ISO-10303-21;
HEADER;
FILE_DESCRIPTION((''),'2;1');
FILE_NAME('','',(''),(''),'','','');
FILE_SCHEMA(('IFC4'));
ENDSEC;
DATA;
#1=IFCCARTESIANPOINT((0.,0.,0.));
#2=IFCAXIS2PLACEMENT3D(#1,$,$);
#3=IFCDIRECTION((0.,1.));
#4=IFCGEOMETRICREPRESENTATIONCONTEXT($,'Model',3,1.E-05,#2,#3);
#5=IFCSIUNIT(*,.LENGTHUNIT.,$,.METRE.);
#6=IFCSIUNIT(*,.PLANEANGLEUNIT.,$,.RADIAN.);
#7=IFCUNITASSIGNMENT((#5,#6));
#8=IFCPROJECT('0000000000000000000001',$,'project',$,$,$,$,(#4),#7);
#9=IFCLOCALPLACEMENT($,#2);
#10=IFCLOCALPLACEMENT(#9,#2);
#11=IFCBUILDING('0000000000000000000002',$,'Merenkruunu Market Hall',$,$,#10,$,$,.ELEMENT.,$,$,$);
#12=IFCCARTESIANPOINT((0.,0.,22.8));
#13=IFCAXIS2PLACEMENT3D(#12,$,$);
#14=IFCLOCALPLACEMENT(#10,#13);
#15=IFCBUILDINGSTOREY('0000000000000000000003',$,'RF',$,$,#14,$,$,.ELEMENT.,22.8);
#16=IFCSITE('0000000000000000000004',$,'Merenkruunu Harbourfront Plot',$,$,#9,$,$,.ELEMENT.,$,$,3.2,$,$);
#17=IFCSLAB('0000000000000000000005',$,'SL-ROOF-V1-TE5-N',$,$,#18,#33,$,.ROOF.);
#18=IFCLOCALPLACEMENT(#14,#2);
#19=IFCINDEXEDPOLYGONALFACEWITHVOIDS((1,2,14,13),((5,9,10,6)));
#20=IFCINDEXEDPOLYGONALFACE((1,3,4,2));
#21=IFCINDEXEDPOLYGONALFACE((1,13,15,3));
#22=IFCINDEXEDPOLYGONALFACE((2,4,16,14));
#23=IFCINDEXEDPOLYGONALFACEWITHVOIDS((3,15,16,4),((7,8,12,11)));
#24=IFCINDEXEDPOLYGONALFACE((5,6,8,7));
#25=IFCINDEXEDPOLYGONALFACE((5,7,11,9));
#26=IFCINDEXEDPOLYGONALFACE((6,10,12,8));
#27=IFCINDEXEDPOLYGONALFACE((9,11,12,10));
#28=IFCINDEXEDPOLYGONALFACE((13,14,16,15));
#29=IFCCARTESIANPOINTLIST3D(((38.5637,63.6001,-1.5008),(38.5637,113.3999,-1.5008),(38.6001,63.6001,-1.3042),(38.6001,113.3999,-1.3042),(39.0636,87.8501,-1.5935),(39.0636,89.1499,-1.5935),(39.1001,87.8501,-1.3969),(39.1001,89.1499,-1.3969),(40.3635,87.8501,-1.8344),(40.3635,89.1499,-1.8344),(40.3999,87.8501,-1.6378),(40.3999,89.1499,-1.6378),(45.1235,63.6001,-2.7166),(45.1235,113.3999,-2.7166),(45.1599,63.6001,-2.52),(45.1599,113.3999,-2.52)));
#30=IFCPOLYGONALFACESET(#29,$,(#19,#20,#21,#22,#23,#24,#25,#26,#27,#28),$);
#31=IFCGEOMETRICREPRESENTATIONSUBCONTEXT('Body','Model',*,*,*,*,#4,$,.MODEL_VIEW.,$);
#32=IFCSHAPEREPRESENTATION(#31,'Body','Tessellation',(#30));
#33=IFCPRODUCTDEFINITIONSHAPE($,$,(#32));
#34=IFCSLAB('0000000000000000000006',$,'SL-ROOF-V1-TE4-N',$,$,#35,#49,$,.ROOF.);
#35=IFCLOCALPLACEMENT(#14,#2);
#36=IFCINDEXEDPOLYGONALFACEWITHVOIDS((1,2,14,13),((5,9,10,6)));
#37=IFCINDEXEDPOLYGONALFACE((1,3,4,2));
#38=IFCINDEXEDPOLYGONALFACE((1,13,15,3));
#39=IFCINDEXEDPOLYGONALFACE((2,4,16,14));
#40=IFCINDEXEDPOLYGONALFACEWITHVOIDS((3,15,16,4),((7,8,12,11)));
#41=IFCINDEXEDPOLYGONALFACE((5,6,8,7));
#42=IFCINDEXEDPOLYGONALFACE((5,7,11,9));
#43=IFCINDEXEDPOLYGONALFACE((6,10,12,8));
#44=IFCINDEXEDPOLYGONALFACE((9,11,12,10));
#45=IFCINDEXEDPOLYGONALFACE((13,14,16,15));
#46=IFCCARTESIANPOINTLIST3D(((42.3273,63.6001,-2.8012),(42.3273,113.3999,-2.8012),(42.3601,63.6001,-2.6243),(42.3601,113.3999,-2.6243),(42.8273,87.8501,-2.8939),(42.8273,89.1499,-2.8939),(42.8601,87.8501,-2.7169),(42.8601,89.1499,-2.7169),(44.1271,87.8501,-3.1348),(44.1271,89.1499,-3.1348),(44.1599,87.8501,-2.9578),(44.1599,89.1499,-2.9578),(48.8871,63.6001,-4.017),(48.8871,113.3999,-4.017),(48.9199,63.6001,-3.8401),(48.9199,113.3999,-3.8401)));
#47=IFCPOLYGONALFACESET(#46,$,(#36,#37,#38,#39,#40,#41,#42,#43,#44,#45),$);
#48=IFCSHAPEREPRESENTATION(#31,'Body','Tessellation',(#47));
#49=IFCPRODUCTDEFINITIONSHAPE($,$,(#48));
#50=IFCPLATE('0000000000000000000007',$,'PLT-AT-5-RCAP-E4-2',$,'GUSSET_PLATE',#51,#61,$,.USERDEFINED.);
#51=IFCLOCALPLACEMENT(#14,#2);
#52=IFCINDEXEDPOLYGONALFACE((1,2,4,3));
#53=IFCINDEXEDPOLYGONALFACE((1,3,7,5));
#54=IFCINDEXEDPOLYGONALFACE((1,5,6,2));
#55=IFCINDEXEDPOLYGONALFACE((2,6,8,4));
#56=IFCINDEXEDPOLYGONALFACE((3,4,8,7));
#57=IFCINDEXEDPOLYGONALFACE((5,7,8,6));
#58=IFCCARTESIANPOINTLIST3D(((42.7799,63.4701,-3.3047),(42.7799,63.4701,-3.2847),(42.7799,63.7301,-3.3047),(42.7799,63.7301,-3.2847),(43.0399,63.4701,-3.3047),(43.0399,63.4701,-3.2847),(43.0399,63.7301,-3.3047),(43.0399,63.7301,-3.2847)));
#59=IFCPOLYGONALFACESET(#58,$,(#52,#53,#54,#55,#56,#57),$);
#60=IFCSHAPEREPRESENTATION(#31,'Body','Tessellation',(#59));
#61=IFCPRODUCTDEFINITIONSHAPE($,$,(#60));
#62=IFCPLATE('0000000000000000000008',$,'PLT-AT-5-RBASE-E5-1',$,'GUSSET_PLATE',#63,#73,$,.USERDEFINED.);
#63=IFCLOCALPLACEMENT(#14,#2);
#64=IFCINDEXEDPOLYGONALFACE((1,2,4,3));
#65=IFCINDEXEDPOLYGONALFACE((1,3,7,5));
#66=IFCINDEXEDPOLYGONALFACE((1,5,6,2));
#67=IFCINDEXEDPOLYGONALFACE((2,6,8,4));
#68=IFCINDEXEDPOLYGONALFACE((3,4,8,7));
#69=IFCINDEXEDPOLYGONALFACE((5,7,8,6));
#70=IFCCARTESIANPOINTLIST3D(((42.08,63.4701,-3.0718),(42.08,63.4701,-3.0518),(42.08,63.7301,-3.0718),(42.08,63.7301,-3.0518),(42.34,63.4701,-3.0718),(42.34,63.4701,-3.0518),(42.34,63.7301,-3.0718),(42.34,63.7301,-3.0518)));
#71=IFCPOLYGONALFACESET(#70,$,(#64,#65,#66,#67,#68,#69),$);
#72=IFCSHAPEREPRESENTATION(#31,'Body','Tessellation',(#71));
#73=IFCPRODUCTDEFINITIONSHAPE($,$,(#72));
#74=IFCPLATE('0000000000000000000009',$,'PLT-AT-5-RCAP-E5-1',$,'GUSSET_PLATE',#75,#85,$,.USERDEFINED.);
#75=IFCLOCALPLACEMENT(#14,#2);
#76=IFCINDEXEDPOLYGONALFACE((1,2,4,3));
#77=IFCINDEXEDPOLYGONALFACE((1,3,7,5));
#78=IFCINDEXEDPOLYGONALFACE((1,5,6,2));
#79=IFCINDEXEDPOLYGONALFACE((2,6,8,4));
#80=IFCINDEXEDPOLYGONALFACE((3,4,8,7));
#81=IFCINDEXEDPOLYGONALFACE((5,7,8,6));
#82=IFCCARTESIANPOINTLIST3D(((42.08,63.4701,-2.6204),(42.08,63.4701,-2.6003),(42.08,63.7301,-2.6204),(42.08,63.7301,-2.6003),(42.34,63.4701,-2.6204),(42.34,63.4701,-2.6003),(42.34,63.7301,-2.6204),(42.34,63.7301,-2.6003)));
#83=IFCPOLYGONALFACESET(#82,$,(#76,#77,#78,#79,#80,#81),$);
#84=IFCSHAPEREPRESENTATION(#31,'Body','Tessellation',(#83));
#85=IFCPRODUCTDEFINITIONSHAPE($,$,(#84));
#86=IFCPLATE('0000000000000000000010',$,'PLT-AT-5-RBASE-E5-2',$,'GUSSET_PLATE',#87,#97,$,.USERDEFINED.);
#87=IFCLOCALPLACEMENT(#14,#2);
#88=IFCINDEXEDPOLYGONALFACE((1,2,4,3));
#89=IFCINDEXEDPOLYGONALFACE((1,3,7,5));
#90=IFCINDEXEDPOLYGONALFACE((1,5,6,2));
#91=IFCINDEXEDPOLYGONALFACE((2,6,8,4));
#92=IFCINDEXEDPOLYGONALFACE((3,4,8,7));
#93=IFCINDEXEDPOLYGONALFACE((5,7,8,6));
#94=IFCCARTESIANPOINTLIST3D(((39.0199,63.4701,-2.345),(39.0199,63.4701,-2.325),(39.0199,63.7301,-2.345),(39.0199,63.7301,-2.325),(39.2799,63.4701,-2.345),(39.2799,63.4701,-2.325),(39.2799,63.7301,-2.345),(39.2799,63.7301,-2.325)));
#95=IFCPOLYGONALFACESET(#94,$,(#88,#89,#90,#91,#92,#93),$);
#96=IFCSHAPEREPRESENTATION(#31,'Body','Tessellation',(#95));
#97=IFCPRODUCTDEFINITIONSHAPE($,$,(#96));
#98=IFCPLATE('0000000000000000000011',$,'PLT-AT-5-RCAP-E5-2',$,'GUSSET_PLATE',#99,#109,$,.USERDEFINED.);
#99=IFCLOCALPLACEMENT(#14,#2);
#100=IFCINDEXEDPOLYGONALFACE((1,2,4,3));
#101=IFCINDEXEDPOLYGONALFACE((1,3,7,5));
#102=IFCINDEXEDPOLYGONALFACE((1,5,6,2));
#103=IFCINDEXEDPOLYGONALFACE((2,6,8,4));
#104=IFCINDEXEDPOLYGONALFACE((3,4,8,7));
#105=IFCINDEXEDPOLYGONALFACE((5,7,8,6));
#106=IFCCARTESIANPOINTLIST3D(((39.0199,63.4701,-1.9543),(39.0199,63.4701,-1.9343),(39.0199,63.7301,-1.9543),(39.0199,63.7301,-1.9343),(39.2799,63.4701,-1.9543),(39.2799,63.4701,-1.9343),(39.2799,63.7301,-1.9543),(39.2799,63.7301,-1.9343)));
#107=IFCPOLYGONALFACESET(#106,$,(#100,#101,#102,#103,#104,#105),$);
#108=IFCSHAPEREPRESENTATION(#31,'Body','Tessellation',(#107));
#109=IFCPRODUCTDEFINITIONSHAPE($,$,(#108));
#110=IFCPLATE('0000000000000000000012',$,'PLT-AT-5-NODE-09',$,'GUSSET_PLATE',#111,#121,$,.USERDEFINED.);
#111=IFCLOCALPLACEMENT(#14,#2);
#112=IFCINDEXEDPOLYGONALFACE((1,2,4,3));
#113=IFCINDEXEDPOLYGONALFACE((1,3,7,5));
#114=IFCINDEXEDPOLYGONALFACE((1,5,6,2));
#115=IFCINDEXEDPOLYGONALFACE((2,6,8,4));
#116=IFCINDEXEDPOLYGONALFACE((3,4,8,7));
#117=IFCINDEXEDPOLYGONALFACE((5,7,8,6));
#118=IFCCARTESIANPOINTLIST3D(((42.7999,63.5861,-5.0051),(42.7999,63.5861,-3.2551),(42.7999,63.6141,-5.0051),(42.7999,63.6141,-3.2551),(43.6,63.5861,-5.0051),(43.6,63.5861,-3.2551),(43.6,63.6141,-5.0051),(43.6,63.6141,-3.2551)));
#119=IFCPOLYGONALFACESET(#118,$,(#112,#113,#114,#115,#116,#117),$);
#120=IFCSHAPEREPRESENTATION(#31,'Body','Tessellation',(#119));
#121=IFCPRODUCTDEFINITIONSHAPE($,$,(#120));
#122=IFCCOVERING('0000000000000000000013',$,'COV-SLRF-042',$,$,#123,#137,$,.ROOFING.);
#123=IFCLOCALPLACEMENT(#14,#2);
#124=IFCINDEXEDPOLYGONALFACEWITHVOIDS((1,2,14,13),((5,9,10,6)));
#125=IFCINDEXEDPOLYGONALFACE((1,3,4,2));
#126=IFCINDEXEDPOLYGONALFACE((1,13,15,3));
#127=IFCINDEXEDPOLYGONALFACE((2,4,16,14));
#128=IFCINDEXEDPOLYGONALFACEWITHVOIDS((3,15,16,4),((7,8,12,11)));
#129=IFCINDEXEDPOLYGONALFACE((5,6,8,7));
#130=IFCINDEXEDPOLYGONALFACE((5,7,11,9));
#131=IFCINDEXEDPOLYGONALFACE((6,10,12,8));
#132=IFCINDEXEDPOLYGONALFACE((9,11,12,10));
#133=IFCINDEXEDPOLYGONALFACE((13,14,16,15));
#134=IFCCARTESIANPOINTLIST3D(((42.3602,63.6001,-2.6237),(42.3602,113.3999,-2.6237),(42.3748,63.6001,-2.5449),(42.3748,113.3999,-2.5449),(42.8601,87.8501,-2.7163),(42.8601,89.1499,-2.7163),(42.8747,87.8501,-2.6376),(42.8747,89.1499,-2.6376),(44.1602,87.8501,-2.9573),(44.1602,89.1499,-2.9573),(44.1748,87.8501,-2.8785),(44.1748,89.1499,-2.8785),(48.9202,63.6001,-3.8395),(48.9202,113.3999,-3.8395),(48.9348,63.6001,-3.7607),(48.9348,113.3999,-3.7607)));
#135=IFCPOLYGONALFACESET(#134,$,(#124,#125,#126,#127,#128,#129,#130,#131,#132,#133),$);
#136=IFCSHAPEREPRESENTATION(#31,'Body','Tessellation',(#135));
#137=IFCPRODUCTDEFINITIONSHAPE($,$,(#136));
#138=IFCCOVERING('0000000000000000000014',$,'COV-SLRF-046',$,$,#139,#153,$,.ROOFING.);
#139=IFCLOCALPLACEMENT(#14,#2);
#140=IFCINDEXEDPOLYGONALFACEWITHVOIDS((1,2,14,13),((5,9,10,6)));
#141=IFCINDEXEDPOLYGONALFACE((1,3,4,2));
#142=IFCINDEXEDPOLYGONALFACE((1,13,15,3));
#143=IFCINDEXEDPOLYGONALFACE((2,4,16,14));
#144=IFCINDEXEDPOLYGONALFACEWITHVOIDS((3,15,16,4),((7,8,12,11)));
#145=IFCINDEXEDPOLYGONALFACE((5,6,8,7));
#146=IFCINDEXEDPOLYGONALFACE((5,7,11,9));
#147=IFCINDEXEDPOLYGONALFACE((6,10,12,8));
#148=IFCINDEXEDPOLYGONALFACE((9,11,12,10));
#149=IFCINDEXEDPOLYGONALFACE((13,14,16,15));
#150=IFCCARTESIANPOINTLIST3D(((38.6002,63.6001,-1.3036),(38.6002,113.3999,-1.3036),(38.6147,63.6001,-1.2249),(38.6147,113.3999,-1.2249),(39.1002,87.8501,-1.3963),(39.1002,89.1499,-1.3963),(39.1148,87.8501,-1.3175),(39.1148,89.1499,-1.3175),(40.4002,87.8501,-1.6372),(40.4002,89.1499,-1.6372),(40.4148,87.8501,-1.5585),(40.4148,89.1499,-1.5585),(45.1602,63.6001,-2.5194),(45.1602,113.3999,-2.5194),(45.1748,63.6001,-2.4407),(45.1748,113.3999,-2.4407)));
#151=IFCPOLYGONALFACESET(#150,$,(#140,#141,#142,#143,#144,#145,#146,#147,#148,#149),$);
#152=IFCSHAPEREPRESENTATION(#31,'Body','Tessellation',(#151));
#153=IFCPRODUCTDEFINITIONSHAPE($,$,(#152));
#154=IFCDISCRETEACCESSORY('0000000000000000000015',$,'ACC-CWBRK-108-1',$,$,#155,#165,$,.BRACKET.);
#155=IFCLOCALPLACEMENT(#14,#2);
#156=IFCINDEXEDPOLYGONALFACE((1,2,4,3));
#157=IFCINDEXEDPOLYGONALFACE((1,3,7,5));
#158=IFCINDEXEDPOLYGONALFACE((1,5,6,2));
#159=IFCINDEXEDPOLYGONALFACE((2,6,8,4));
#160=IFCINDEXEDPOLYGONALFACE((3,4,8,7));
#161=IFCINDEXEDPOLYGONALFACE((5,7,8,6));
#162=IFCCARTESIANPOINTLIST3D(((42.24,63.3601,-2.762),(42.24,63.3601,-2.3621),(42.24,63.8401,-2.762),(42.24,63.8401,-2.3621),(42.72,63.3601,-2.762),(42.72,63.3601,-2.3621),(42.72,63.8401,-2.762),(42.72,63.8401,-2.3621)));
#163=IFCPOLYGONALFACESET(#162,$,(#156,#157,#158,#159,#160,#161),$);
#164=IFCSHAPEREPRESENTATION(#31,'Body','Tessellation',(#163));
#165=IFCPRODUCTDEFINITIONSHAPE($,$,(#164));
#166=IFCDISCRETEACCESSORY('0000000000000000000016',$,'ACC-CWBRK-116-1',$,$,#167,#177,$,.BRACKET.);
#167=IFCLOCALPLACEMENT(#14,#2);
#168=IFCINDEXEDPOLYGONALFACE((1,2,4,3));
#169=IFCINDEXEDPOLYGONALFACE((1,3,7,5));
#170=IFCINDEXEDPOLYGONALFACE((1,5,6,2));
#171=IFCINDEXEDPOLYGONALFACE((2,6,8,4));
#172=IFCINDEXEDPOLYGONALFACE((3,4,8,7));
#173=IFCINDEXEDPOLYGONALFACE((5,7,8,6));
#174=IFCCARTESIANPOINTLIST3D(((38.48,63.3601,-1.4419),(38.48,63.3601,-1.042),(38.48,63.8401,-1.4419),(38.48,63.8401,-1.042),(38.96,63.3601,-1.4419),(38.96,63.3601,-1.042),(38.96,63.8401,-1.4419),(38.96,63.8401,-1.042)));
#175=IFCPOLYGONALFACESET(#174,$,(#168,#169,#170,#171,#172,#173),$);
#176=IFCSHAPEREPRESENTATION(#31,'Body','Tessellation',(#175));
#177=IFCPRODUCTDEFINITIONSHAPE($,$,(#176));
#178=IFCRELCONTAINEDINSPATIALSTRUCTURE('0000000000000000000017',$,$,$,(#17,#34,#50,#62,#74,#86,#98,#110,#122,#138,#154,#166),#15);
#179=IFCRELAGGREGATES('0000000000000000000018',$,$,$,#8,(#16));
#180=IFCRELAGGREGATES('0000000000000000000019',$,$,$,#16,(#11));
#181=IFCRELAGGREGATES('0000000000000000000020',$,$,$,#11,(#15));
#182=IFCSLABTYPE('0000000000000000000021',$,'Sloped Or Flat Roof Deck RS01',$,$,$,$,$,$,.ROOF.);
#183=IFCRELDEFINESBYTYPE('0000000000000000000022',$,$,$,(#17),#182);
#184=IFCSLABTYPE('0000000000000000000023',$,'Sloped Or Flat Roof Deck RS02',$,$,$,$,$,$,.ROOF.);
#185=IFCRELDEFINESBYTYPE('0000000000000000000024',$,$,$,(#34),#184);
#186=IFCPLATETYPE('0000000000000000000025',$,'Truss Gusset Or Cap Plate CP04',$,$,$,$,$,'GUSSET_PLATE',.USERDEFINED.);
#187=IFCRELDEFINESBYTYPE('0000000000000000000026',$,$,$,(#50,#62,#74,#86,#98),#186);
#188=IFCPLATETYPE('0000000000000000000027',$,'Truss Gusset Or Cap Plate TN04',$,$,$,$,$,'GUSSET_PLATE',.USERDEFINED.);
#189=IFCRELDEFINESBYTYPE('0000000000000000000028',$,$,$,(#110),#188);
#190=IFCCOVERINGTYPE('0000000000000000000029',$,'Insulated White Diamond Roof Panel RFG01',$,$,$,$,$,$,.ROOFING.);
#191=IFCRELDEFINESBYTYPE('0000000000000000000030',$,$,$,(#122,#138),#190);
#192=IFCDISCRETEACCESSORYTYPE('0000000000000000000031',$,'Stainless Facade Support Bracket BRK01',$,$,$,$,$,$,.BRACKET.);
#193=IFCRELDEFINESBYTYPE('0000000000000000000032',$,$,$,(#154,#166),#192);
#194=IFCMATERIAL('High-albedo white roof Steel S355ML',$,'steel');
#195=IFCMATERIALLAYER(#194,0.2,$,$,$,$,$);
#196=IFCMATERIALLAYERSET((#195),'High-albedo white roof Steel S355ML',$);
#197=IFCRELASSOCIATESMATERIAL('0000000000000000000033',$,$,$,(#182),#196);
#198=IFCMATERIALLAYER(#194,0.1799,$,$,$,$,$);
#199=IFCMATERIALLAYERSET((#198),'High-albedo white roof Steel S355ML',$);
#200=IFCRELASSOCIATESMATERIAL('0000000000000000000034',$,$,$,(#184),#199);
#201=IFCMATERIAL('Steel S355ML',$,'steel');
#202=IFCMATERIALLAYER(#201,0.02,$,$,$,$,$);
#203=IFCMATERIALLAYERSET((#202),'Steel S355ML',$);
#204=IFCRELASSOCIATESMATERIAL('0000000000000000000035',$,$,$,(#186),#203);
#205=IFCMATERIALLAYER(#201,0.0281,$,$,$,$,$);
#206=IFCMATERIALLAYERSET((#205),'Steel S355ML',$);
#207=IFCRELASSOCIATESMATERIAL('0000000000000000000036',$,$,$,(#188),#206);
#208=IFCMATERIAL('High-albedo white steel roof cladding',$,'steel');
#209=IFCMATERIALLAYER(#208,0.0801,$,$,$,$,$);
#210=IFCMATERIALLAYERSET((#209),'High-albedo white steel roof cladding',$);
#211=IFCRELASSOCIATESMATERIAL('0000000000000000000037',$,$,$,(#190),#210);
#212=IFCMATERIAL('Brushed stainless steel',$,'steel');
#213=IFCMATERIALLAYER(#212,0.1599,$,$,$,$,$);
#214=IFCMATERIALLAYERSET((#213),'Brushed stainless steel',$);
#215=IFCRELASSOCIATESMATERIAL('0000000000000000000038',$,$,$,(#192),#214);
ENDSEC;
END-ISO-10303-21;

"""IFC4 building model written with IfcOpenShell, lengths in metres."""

from ifc_helpers import new_model, si_unit, direction, frame, origin, origin_2d, place, context, subcontext, project, spatial, polyline, rectangle, outline, extrude, material, layer, layer_set, type_object, element, save


model = new_model("IFC4")

# Units and contexts
model_context = context("Model", 3, precision=1e-05, world=origin(), true_north=direction((0.0, 1.0)))
body_context = subcontext(model_context, "Body", "Model", "MODEL_VIEW")
ifc_project = project(units=[si_unit("LENGTHUNIT", "METRE"), si_unit("PLANEANGLEUNIT", "RADIAN")], contexts=[model_context])

# Site, building, storey
site_placement = place(None, origin())
site = spatial("IfcSite", under=ifc_project, at=site_placement, Name="Merenkruunu Harbourfront Plot", CompositionType="ELEMENT", RefElevation=3.2)
building_placement = place(site_placement, origin())
building = spatial("IfcBuilding", under=site, at=building_placement, Name="Merenkruunu Market Hall", CompositionType="ELEMENT")
storey_placement = place(building_placement, frame((0.0, 0.0, 22.8)))
storey = spatial("IfcBuildingStorey", under=building, at=storey_placement, Name="RF", CompositionType="ELEMENT", Elevation=22.8)

# Shared definitions
ifc_material_1 = material(Name="Steel S355ML", Category="steel")

# Slabs
ifc_material_2 = material(Name="High-albedo white roof Steel S355ML", Category="steel")
ifc_layer_1 = layer(ifc_material_2, 0.2)
ifc_layer_set_1 = layer_set([ifc_layer_1], Name="High-albedo white roof Steel S355ML")
slab_type_1 = type_object("IfcSlabType", Name="Sloped Or Flat Roof Deck RS01", PredefinedType="ROOF", material=ifc_layer_set_1)
slab_1_placement = place(storey_placement, frame((38.6001, 63.6001, -1.3042), z_axis=(0.18224, 0.0, 0.983254), x_axis=(0.983254, 0.0, -0.18224)))
element("IfcSlab", 1, at=slab_1_placement, inside=storey, type_object=slab_type_1, Name="SL-ROOF-V1-TE5-N", PredefinedType="ROOF", context=body_context, shape_type="SweptSolid", body=[
    extrude(outline(polyline([(0.0, 0.0), (6.6715, 0.0), (6.6715, 49.7998), (0.0, 49.7998), (0.0, 0.0)]), holes=[polyline([(0.5085, 24.25), (1.8305, 24.25), (1.8305, 25.5498), (0.5085, 25.5498), (0.5085, 24.25)])]), origin(), (0.0, 0.0, -1.0), 0.2),
])
ifc_layer_2 = layer(ifc_material_2, 0.1799)
ifc_layer_set_2 = layer_set([ifc_layer_2], Name="High-albedo white roof Steel S355ML")
slab_type_2 = type_object("IfcSlabType", Name="Sloped Or Flat Roof Deck RS02", PredefinedType="ROOF", material=ifc_layer_set_2)
slab_2_placement = place(storey_placement, frame((42.3601, 63.6001, -2.6243), z_axis=(0.18224, 0.0, 0.983254), x_axis=(0.983254, 0.0, -0.18224)))
element("IfcSlab", 2, at=slab_2_placement, inside=storey, type_object=slab_type_2, Name="SL-ROOF-V1-TE4-N", PredefinedType="ROOF", context=body_context, shape_type="SweptSolid", body=[
    extrude(outline(polyline([(0.0, 0.0), (6.6715, 0.0), (6.6715, 49.7998), (0.0, 49.7998), (0.0, 0.0)]), holes=[polyline([(0.5085, 24.25), (1.8304, 24.25), (1.8304, 25.5498), (0.5085, 25.5498), (0.5085, 24.25)])]), origin(), (0.0, 0.0, -1.0), 0.1799),
])

# Plates
ifc_layer_3 = layer(ifc_material_1, 0.02)
ifc_layer_set_3 = layer_set([ifc_layer_3], Name="Steel S355ML")
plate_type_1 = type_object("IfcPlateType", Name="Truss Gusset Or Cap Plate CP04", ElementType="GUSSET_PLATE", PredefinedType="USERDEFINED", material=ifc_layer_set_3)
for number, where, z_axis, x_axis, name in (
    (3, (42.9099, 63.6001, -3.3047), (0.0, 0.0, 1.0), (1.0, 0.0, 0.0), "PLT-AT-5-RCAP-E4-2"),
    (4, (42.21, 63.6001, -3.0718), (0.0, 0.0, 1.0), (1.0, 0.0, 0.0), "PLT-AT-5-RBASE-E5-1"),
    (5, (42.21, 63.6001, -2.6204), (0.0, 0.0, 1.0), (1.0, 0.0, 0.0), "PLT-AT-5-RCAP-E5-1"),
    (6, (39.1499, 63.6001, -2.345), (0.0, 0.0, 1.0), (1.0, 0.0, 0.0), "PLT-AT-5-RBASE-E5-2"),
    (7, (39.1499, 63.6001, -1.9543), (0.0, 0.0, 1.0), (1.0, 0.0, 0.0), "PLT-AT-5-RCAP-E5-2"),
):
    element("IfcPlate", number, at=place(storey_placement, frame(where, z_axis=z_axis, x_axis=x_axis)), inside=storey, type_object=plate_type_1, Name=name, ObjectType="GUSSET_PLATE", PredefinedType="USERDEFINED", context=body_context, shape_type="SweptSolid", body=[
        extrude(rectangle(XDim=0.26, YDim=0.26, at=origin_2d()), origin(), (0.0, 0.0, 1.0), 0.02),
    ])
ifc_layer_4 = layer(ifc_material_1, 0.0281)
ifc_layer_set_4 = layer_set([ifc_layer_4], Name="Steel S355ML")
plate_type_2 = type_object("IfcPlateType", Name="Truss Gusset Or Cap Plate TN04", ElementType="GUSSET_PLATE", PredefinedType="USERDEFINED", material=ifc_layer_set_4)
plate_1_placement = place(storey_placement, frame((43.2, 63.6001, -5.0051), z_axis=(0.0, 0.0, 1.0), x_axis=(1.0, 0.0, 0.0)))
element("IfcPlate", 8, at=plate_1_placement, inside=storey, type_object=plate_type_2, Name="PLT-AT-5-NODE-09", ObjectType="GUSSET_PLATE", PredefinedType="USERDEFINED", context=body_context, shape_type="SweptSolid", body=[
    extrude(rectangle(XDim=0.8, YDim=0.0281, at=origin_2d()), origin(), (0.0, 0.0, 1.0), 1.75),
])

# Coverings
ifc_material_3 = material(Name="High-albedo white steel roof cladding", Category="steel")
ifc_layer_5 = layer(ifc_material_3, 0.0801)
ifc_layer_set_5 = layer_set([ifc_layer_5], Name="High-albedo white steel roof cladding")
covering_type = type_object("IfcCoveringType", Name="Insulated White Diamond Roof Panel RFG01", PredefinedType="ROOFING", material=ifc_layer_set_5)
covering_1_placement = place(storey_placement, frame((42.3748, 63.6001, -2.5449), z_axis=(0.182233, 0.0, 0.983255), x_axis=(0.983255, 0.0, -0.182233)))
element("IfcCovering", 9, at=covering_1_placement, inside=storey, type_object=covering_type, Name="COV-SLRF-042", PredefinedType="ROOFING", context=body_context, shape_type="SweptSolid", body=[
    extrude(outline(polyline([(0.0, 0.0), (6.6718, 0.0), (6.6718, 49.7998), (0.0, 49.7998), (0.0, 0.0)]), holes=[polyline([(0.5085, 24.25), (1.8307, 24.25), (1.8307, 25.5498), (0.5085, 25.5498), (0.5085, 24.25)])]), origin(), (0.0, 0.0, -1.0), 0.0801),
])
covering_2_placement = place(storey_placement, frame((38.6147, 63.6001, -1.2249), z_axis=(0.182233, 0.0, 0.983255), x_axis=(0.983255, 0.0, -0.182233)))
element("IfcCovering", 10, at=covering_2_placement, inside=storey, type_object=covering_type, Name="COV-SLRF-046", PredefinedType="ROOFING", context=body_context, shape_type="SweptSolid", body=[
    extrude(outline(polyline([(0.0, 0.0), (6.6718, 0.0), (6.6718, 49.7998), (0.0, 49.7998), (0.0, 0.0)]), holes=[polyline([(0.5085, 24.25), (1.8307, 24.25), (1.8307, 25.5498), (0.5085, 25.5498), (0.5085, 24.25)])]), origin(), (0.0, 0.0, -1.0), 0.0801),
])

# Discrete accessories
ifc_material_4 = material(Name="Brushed stainless steel", Category="steel")
ifc_layer_6 = layer(ifc_material_4, 0.1599)
ifc_layer_set_6 = layer_set([ifc_layer_6], Name="Brushed stainless steel")
discrete_accessory_type = type_object("IfcDiscreteAccessoryType", Name="Stainless Facade Support Bracket BRK01", PredefinedType="BRACKET", material=ifc_layer_set_6)
for number, where, z_axis, x_axis, name in (
    (11, (42.48, 63.6001, -2.762), (0.0, 0.0, 1.0), (1.0, 0.0, 0.0), "ACC-CWBRK-108-1"),
    (12, (38.72, 63.6001, -1.4419), (0.0, 0.0, 1.0), (1.0, 0.0, 0.0), "ACC-CWBRK-116-1"),
):
    element("IfcDiscreteAccessory", number, at=place(storey_placement, frame(where, z_axis=z_axis, x_axis=x_axis)), inside=storey, type_object=discrete_accessory_type, Name=name, PredefinedType="BRACKET", context=body_context, shape_type="SweptSolid", body=[
        extrude(rectangle(XDim=0.48, YDim=0.48, at=origin_2d()), origin(), (0.0, 0.0, 1.0), 0.3999),
    ])

save(model, "model.ifc")
